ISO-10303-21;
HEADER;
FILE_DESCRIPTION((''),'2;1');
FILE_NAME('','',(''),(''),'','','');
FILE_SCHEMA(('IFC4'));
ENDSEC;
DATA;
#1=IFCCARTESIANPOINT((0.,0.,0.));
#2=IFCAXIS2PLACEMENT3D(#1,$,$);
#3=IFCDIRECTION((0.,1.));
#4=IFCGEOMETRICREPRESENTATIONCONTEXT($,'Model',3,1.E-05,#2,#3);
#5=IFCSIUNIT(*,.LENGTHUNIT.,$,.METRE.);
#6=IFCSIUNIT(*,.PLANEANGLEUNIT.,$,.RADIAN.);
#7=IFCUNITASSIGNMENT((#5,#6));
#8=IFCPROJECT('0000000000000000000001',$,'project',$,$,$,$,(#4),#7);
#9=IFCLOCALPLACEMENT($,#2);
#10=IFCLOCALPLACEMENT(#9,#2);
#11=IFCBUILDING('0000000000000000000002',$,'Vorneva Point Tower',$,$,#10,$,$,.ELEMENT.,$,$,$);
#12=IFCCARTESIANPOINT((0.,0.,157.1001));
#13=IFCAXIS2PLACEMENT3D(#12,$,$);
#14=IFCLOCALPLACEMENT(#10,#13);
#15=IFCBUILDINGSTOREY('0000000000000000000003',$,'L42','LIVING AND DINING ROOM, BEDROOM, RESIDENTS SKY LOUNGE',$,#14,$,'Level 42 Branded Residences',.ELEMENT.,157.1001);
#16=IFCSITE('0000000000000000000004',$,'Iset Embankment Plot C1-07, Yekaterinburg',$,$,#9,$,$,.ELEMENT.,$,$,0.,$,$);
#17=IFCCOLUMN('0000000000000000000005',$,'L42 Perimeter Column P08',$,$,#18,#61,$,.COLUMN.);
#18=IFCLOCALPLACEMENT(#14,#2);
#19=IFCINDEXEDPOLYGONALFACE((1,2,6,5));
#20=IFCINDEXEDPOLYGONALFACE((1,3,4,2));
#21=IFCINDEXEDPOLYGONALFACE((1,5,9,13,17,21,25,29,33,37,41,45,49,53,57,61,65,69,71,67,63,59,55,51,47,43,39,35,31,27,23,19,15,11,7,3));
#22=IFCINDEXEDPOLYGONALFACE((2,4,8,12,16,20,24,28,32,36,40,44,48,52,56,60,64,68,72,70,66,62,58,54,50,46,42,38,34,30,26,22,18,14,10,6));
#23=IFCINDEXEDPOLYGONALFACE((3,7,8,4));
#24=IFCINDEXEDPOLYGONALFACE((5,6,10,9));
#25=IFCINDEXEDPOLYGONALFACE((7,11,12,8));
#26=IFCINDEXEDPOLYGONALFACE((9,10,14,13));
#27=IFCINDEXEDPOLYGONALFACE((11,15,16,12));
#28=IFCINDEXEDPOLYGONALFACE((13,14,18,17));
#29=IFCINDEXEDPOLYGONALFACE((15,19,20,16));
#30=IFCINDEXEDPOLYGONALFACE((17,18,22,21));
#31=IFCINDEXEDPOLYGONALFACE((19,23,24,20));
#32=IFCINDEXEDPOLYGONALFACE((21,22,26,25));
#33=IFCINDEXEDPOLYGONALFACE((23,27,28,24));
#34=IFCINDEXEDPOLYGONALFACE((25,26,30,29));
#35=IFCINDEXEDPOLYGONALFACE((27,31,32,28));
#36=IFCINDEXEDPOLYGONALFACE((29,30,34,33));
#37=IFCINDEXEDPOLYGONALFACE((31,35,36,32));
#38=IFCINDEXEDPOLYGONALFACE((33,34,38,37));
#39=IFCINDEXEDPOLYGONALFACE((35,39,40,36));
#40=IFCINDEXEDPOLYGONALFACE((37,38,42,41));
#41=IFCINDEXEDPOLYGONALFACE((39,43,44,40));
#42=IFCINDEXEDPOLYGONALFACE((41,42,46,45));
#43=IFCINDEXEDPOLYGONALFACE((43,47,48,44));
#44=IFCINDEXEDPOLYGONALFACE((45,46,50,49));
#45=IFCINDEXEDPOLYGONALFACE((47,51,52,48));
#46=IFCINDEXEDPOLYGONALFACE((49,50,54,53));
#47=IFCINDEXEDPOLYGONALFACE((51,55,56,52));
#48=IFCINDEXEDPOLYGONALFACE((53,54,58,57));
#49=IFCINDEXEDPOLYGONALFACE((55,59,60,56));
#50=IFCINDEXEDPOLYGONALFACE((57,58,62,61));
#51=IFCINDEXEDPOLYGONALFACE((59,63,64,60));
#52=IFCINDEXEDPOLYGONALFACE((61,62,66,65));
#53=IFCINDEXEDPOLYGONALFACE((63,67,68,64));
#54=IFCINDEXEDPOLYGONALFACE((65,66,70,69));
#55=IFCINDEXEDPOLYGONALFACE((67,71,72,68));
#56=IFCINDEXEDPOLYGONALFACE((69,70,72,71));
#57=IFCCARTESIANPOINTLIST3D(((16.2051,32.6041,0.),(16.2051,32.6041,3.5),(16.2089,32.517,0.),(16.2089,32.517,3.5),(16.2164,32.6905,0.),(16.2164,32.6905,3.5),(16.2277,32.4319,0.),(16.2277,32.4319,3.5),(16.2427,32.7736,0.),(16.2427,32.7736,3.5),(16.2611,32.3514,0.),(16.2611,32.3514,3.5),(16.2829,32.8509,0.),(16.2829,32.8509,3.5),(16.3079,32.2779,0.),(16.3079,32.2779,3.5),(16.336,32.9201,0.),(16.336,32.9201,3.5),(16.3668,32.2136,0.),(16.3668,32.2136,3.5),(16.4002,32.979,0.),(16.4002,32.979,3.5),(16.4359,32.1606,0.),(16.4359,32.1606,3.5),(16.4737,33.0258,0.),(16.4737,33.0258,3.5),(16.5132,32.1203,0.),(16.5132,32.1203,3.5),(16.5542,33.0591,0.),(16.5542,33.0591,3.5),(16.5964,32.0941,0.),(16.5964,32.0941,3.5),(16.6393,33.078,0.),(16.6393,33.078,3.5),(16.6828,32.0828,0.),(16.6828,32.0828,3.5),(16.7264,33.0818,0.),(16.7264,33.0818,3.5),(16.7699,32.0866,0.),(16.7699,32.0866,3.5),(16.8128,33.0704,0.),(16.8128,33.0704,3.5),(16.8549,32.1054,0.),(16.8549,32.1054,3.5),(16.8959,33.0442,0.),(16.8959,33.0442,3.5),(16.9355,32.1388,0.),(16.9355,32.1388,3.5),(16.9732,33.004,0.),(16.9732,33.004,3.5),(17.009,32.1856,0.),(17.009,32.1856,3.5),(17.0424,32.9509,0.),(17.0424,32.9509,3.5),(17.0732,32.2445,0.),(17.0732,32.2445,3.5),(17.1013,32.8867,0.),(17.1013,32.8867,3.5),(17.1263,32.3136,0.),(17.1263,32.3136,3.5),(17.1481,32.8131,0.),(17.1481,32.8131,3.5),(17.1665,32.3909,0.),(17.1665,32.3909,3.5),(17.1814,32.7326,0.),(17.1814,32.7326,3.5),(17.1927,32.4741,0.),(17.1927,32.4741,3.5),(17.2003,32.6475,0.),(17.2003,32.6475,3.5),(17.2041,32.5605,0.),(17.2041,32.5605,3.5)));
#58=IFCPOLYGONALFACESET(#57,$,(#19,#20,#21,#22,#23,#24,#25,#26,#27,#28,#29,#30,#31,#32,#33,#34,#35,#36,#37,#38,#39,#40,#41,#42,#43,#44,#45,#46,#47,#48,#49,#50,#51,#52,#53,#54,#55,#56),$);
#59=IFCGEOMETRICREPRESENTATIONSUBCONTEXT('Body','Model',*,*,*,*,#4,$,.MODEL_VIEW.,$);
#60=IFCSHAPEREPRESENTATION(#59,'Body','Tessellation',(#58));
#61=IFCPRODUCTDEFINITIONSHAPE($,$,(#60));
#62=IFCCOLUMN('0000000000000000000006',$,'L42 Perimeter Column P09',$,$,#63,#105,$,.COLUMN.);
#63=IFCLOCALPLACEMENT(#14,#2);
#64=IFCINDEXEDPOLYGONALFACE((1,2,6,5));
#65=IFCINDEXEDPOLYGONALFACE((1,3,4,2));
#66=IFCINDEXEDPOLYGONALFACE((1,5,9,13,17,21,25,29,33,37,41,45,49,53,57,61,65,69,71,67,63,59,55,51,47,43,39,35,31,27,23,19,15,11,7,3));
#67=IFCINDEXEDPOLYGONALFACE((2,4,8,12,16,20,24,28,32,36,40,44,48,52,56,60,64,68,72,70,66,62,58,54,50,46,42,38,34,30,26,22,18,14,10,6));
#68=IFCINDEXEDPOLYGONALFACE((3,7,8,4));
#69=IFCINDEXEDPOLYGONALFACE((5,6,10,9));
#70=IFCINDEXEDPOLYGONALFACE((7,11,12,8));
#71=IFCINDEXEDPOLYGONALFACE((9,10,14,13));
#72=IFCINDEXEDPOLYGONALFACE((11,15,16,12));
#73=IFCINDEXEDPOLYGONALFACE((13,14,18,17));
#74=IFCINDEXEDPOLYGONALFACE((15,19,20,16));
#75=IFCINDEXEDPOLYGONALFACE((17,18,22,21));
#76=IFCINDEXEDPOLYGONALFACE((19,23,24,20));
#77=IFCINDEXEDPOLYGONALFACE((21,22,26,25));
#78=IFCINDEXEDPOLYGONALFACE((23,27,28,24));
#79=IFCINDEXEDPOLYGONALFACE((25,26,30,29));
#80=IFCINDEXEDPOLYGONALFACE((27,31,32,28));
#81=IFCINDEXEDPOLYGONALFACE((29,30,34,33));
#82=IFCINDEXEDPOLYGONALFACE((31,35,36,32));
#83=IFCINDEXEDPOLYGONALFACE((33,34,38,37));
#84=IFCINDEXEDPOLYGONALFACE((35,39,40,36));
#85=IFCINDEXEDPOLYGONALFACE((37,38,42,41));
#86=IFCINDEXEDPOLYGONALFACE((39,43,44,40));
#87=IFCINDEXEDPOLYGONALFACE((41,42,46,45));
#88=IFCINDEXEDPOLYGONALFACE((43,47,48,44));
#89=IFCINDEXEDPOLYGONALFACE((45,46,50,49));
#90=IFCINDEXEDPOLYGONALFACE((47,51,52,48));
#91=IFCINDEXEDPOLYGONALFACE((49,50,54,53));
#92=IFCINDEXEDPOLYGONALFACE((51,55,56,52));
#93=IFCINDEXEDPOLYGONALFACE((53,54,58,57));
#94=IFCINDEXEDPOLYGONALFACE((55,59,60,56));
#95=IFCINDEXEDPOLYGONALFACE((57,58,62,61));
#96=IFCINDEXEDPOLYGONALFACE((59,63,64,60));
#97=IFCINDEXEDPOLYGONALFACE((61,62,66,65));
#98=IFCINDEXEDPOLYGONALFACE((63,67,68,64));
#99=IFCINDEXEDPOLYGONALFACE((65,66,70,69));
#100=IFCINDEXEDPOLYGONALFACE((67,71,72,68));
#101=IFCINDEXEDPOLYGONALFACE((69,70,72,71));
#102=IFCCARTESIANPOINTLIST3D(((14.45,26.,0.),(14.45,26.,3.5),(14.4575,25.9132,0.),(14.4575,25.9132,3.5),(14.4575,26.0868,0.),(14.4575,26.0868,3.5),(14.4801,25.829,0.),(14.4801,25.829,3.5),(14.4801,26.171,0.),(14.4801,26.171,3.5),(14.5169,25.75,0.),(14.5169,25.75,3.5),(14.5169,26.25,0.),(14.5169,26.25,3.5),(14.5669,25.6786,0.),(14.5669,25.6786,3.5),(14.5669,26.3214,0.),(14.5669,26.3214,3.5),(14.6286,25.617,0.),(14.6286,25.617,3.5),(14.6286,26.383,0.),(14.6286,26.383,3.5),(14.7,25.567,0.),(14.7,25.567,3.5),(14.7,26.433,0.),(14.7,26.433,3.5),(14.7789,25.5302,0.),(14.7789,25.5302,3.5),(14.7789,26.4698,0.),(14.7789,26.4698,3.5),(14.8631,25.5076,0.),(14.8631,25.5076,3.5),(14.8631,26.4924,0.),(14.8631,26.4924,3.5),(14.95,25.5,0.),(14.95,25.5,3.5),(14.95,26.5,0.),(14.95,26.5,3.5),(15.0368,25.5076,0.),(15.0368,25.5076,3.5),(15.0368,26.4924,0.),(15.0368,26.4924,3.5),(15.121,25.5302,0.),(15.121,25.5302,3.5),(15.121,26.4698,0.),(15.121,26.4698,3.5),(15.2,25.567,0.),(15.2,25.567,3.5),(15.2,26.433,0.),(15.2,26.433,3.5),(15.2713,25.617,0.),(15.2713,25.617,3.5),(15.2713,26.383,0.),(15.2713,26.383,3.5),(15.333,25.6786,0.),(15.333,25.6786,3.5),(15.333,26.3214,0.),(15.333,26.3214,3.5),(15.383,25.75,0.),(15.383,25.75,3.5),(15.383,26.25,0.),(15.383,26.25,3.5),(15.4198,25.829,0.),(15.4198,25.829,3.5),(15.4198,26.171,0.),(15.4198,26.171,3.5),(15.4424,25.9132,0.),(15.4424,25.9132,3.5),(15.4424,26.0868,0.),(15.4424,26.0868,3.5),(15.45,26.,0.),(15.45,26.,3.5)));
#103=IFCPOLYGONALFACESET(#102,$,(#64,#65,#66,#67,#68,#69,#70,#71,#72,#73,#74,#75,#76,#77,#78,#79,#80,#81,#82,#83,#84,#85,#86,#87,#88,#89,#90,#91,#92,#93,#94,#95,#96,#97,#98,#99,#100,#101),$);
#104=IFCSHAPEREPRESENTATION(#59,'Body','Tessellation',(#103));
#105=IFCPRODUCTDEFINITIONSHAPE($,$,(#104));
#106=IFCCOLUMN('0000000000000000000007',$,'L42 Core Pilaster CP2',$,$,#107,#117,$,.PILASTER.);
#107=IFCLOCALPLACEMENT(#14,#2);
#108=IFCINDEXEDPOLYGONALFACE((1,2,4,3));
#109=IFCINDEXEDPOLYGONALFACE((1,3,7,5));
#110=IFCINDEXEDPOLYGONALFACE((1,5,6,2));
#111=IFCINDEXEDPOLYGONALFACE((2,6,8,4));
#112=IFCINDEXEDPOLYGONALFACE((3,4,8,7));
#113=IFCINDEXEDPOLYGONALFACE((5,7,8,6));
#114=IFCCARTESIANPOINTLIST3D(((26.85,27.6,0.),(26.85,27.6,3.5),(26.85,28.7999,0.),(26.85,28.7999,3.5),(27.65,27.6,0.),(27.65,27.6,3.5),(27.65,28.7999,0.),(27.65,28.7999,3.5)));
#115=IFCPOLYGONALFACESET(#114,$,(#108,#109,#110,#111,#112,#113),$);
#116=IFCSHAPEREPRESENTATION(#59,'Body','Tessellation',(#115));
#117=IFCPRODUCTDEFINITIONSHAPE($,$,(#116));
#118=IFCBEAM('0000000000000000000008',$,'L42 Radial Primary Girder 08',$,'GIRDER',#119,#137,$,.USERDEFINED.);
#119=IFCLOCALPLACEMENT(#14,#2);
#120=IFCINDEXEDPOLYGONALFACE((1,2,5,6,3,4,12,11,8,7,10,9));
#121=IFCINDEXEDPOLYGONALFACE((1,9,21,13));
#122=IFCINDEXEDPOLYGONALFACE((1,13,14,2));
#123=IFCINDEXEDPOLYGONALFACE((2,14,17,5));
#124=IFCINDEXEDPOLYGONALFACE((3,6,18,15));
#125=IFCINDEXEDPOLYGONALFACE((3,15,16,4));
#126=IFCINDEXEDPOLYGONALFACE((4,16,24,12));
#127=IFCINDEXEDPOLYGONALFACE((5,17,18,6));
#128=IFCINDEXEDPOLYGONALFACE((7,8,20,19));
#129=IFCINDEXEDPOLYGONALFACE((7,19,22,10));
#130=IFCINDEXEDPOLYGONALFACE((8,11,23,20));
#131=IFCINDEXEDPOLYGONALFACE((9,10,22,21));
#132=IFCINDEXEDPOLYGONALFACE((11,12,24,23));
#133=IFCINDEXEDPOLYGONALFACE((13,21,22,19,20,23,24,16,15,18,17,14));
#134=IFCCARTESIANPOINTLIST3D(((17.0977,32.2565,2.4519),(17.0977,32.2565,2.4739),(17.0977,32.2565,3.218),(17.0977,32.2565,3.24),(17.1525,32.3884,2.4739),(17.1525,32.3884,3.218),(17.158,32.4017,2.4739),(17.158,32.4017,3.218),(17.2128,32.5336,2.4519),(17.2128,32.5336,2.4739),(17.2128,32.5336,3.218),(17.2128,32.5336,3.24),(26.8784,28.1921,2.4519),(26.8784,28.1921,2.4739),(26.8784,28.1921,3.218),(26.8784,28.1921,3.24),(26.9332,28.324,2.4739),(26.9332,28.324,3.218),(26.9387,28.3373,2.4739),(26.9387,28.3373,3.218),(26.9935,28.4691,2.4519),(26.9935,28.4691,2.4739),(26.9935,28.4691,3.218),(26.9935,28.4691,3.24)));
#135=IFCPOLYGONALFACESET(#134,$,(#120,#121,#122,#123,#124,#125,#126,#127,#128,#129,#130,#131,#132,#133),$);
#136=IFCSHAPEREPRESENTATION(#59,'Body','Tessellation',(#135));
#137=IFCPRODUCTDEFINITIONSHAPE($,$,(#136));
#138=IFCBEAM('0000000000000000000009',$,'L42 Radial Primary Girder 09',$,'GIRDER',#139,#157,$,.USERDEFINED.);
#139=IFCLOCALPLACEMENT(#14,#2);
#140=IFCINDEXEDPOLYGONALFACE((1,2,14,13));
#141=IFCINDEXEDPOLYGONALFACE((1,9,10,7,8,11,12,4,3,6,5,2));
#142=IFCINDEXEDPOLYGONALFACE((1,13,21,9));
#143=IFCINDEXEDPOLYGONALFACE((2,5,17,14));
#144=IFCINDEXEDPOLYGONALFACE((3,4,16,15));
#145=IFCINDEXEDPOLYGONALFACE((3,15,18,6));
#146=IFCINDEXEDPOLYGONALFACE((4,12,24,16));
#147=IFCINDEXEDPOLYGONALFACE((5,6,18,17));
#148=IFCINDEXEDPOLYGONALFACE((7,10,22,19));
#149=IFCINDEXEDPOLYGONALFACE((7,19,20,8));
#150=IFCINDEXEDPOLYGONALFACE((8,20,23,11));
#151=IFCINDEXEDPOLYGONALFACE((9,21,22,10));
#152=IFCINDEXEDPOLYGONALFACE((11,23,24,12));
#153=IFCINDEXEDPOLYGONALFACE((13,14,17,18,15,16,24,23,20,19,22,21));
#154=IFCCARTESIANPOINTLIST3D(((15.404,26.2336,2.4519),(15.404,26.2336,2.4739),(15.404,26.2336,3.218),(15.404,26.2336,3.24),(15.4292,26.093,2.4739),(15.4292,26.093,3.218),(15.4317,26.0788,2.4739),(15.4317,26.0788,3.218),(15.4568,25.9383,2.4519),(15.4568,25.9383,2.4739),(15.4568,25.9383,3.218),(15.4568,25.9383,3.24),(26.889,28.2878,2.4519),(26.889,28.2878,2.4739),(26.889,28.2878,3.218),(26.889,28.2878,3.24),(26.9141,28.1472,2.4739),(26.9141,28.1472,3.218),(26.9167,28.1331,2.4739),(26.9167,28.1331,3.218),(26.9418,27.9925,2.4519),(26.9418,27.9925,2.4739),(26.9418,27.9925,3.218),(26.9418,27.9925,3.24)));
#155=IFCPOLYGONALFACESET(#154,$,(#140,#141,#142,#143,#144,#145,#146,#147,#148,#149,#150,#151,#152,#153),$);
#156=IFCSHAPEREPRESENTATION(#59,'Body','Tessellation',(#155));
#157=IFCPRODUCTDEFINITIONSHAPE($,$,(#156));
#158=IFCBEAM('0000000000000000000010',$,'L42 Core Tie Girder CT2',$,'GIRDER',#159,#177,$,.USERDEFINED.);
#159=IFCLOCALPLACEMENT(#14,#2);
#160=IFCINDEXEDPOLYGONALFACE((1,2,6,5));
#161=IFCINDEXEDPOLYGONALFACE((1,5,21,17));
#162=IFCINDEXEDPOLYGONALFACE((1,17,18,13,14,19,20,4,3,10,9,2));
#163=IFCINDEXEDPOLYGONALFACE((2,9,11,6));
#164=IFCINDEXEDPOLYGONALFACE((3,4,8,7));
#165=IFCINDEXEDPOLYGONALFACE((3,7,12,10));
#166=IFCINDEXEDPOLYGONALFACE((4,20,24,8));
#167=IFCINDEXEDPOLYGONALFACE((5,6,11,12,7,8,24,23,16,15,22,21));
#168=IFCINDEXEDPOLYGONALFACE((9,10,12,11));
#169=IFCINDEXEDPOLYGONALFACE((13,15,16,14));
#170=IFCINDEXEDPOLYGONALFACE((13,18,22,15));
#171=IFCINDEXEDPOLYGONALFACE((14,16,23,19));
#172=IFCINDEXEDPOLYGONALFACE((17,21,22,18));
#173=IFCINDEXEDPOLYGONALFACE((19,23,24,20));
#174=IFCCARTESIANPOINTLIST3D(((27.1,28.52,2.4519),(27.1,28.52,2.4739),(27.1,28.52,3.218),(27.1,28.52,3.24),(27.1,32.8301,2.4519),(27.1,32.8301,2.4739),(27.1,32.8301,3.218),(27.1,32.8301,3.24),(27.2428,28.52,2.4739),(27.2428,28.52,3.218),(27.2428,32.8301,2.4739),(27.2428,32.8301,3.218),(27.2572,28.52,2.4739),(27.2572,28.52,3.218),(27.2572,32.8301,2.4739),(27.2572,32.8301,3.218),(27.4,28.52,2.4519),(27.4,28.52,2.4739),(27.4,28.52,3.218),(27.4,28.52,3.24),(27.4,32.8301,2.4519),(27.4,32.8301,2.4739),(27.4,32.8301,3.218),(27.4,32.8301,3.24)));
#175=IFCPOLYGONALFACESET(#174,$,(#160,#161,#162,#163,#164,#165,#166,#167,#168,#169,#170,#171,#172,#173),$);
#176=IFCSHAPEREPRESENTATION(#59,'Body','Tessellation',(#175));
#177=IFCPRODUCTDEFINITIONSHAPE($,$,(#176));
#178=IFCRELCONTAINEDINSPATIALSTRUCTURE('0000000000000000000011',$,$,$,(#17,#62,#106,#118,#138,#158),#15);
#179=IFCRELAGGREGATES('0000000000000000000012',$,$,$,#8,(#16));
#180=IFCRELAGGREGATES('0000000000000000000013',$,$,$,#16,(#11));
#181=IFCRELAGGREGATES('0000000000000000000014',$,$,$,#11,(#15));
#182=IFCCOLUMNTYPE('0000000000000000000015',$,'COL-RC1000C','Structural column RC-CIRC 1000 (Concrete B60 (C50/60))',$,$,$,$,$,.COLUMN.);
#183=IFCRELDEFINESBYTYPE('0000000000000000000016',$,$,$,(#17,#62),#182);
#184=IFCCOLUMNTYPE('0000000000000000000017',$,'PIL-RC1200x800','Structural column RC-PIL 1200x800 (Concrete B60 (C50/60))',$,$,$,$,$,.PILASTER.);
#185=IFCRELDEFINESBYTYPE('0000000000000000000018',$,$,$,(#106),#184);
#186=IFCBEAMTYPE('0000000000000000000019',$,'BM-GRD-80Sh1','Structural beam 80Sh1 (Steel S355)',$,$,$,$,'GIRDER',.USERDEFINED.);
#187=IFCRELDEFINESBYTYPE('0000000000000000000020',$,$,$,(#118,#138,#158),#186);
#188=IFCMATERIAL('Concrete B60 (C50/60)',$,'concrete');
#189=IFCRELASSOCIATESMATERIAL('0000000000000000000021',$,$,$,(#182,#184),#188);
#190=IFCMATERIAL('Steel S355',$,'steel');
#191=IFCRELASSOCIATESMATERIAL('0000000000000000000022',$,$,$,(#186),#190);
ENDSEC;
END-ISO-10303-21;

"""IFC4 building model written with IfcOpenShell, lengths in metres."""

from ifc_helpers import new_model, si_unit, direction, frame, origin, origin_2d, place, context, subcontext, project, spatial, rectangle, circle, i_section, extrude, material, material_profile, profile_set, type_object, element, save


model = new_model("IFC4")

# Units and contexts
model_context = context("Model", 3, precision=1e-05, world=origin(), true_north=direction((0.0, 1.0)))
body_context = subcontext(model_context, "Body", "Model", "MODEL_VIEW")
ifc_project = project(units=[si_unit("LENGTHUNIT", "METRE"), si_unit("PLANEANGLEUNIT", "RADIAN")], contexts=[model_context])

# Site, building, storey
site_placement = place(None, origin())
site = spatial("IfcSite", under=ifc_project, at=site_placement, Name="Iset Embankment Plot C1-07, Yekaterinburg", CompositionType="ELEMENT", RefElevation=0.0)
building_placement = place(site_placement, origin())
building = spatial("IfcBuilding", under=site, at=building_placement, Name="Vorneva Point Tower", CompositionType="ELEMENT")
storey_placement = place(building_placement, frame((0.0, 0.0, 157.1001)))
storey = spatial("IfcBuildingStorey", under=building, at=storey_placement, Name="L42", Description="LIVING AND DINING ROOM, BEDROOM, RESIDENTS SKY LOUNGE", LongName="Level 42 Branded Residences", CompositionType="ELEMENT", Elevation=157.1001)

# Columns
ifc_material_1 = material(Name="Concrete B60 (C50/60)", Category="concrete")
ifc_material_profile_1 = material_profile(ifc_material_1, circle(Radius=0.5, at=origin_2d()), Name="RC-CIRC 1000")
ifc_profile_set_1 = profile_set([ifc_material_profile_1], Name="Concrete B60 (C50/60)")
column_type_1 = type_object("IfcColumnType", Name="COL-RC1000C", Description="Structural column RC-CIRC 1000 (Concrete B60 (C50/60))", PredefinedType="COLUMN", material=ifc_profile_set_1)
for number, where, z_axis, x_axis, name in (
    (1, (16.7046, 32.5823, 0.0), (0.0, 0.0, 1.0), (-0.92388, 0.382683, 0.0), "L42 Perimeter Column P08"),
    (2, (14.95, 26.0, 0.0), (0.0, 0.0, 1.0), (-1.0, 0.0, 0.0), "L42 Perimeter Column P09"),
):
    element("IfcColumn", number, at=place(storey_placement, frame(where, z_axis=z_axis, x_axis=x_axis)), inside=storey, type_object=column_type_1, Name=name, PredefinedType="COLUMN", context=body_context, shape_type="SweptSolid", body=[
        extrude(circle(Radius=0.5, at=origin_2d()), origin(), (0.0, 0.0, 1.0), 3.5),
    ])
ifc_material_profile_2 = material_profile(ifc_material_1, rectangle(XDim=0.8, YDim=1.2, at=origin_2d()), Name="RC-PIL 1200x800")
ifc_profile_set_2 = profile_set([ifc_material_profile_2], Name="Concrete B60 (C50/60)")
column_type_2 = type_object("IfcColumnType", Name="PIL-RC1200x800", Description="Structural column RC-PIL 1200x800 (Concrete B60 (C50/60))", PredefinedType="PILASTER", material=ifc_profile_set_2)
column_placement = place(storey_placement, frame((27.25, 28.2, 0.0), z_axis=(0.0, 0.0, 1.0), x_axis=(1.0, 0.0, 0.0)))
element("IfcColumn", 3, at=column_placement, inside=storey, type_object=column_type_2, Name="L42 Core Pilaster CP2", PredefinedType="PILASTER", context=body_context, shape_type="SweptSolid", body=[
    extrude(rectangle(XDim=0.8, YDim=1.2, at=origin_2d()), origin(), (0.0, 0.0, 1.0), 3.5),
])

# Beams
ifc_material_2 = material(Name="Steel S355", Category="steel")
ifc_material_profile_3 = material_profile(ifc_material_2, i_section(OverallWidth=0.3, OverallDepth=0.7881, WebThickness=0.0144, FlangeThickness=0.022, at=origin_2d()), Name="80Sh1")
ifc_profile_set_3 = profile_set([ifc_material_profile_3], Name="Steel S355")
beam_type_1 = type_object("IfcBeamType", Name="BM-GRD-80Sh1", Description="Structural beam 80Sh1 (Steel S355)", ElementType="GIRDER", PredefinedType="USERDEFINED", material=ifc_profile_set_3)
beam_1_placement = place(storey_placement, frame((17.1553, 32.395, 2.8459), z_axis=(0.923441, -0.383741, 0.0), x_axis=(0.383741, 0.923441, 0.0)))
element("IfcBeam", 4, at=beam_1_placement, inside=storey, type_object=beam_type_1, Name="L42 Radial Primary Girder 08", ObjectType="GIRDER", PredefinedType="USERDEFINED", context=body_context, shape_type="SweptSolid", body=[
    extrude(i_section(OverallWidth=0.3, OverallDepth=0.7881, WebThickness=0.0144, FlangeThickness=0.022, at=origin_2d()), origin(), (0.0, 0.0, 1.0), 10.5916),
])
beam_2_placement = place(storey_placement, frame((15.4304, 26.0859, 2.8459), z_axis=(0.984378, 0.176067, 0.0), x_axis=(-0.176067, 0.984378, 0.0)))
element("IfcBeam", 5, at=beam_2_placement, inside=storey, type_object=beam_type_1, Name="L42 Radial Primary Girder 09", ObjectType="GIRDER", PredefinedType="USERDEFINED", context=body_context, shape_type="SweptSolid", body=[
    extrude(i_section(OverallWidth=0.3, OverallDepth=0.7881, WebThickness=0.0144, FlangeThickness=0.022, at=origin_2d()), origin(), (0.0, 0.0, 1.0), 11.6672),
])
beam_3_placement = place(storey_placement, frame((27.25, 28.52, 2.8459), z_axis=(0.0, 1.0, 0.0), x_axis=(-1.0, 0.0, 0.0)))
element("IfcBeam", 6, at=beam_3_placement, inside=storey, type_object=beam_type_1, Name="L42 Core Tie Girder CT2", ObjectType="GIRDER", PredefinedType="USERDEFINED", context=body_context, shape_type="SweptSolid", body=[
    extrude(i_section(OverallWidth=0.3, OverallDepth=0.7881, WebThickness=0.0144, FlangeThickness=0.022, at=origin_2d()), origin(), (0.0, 0.0, 1.0), 4.3101),
])

save(model, "model.ifc")
